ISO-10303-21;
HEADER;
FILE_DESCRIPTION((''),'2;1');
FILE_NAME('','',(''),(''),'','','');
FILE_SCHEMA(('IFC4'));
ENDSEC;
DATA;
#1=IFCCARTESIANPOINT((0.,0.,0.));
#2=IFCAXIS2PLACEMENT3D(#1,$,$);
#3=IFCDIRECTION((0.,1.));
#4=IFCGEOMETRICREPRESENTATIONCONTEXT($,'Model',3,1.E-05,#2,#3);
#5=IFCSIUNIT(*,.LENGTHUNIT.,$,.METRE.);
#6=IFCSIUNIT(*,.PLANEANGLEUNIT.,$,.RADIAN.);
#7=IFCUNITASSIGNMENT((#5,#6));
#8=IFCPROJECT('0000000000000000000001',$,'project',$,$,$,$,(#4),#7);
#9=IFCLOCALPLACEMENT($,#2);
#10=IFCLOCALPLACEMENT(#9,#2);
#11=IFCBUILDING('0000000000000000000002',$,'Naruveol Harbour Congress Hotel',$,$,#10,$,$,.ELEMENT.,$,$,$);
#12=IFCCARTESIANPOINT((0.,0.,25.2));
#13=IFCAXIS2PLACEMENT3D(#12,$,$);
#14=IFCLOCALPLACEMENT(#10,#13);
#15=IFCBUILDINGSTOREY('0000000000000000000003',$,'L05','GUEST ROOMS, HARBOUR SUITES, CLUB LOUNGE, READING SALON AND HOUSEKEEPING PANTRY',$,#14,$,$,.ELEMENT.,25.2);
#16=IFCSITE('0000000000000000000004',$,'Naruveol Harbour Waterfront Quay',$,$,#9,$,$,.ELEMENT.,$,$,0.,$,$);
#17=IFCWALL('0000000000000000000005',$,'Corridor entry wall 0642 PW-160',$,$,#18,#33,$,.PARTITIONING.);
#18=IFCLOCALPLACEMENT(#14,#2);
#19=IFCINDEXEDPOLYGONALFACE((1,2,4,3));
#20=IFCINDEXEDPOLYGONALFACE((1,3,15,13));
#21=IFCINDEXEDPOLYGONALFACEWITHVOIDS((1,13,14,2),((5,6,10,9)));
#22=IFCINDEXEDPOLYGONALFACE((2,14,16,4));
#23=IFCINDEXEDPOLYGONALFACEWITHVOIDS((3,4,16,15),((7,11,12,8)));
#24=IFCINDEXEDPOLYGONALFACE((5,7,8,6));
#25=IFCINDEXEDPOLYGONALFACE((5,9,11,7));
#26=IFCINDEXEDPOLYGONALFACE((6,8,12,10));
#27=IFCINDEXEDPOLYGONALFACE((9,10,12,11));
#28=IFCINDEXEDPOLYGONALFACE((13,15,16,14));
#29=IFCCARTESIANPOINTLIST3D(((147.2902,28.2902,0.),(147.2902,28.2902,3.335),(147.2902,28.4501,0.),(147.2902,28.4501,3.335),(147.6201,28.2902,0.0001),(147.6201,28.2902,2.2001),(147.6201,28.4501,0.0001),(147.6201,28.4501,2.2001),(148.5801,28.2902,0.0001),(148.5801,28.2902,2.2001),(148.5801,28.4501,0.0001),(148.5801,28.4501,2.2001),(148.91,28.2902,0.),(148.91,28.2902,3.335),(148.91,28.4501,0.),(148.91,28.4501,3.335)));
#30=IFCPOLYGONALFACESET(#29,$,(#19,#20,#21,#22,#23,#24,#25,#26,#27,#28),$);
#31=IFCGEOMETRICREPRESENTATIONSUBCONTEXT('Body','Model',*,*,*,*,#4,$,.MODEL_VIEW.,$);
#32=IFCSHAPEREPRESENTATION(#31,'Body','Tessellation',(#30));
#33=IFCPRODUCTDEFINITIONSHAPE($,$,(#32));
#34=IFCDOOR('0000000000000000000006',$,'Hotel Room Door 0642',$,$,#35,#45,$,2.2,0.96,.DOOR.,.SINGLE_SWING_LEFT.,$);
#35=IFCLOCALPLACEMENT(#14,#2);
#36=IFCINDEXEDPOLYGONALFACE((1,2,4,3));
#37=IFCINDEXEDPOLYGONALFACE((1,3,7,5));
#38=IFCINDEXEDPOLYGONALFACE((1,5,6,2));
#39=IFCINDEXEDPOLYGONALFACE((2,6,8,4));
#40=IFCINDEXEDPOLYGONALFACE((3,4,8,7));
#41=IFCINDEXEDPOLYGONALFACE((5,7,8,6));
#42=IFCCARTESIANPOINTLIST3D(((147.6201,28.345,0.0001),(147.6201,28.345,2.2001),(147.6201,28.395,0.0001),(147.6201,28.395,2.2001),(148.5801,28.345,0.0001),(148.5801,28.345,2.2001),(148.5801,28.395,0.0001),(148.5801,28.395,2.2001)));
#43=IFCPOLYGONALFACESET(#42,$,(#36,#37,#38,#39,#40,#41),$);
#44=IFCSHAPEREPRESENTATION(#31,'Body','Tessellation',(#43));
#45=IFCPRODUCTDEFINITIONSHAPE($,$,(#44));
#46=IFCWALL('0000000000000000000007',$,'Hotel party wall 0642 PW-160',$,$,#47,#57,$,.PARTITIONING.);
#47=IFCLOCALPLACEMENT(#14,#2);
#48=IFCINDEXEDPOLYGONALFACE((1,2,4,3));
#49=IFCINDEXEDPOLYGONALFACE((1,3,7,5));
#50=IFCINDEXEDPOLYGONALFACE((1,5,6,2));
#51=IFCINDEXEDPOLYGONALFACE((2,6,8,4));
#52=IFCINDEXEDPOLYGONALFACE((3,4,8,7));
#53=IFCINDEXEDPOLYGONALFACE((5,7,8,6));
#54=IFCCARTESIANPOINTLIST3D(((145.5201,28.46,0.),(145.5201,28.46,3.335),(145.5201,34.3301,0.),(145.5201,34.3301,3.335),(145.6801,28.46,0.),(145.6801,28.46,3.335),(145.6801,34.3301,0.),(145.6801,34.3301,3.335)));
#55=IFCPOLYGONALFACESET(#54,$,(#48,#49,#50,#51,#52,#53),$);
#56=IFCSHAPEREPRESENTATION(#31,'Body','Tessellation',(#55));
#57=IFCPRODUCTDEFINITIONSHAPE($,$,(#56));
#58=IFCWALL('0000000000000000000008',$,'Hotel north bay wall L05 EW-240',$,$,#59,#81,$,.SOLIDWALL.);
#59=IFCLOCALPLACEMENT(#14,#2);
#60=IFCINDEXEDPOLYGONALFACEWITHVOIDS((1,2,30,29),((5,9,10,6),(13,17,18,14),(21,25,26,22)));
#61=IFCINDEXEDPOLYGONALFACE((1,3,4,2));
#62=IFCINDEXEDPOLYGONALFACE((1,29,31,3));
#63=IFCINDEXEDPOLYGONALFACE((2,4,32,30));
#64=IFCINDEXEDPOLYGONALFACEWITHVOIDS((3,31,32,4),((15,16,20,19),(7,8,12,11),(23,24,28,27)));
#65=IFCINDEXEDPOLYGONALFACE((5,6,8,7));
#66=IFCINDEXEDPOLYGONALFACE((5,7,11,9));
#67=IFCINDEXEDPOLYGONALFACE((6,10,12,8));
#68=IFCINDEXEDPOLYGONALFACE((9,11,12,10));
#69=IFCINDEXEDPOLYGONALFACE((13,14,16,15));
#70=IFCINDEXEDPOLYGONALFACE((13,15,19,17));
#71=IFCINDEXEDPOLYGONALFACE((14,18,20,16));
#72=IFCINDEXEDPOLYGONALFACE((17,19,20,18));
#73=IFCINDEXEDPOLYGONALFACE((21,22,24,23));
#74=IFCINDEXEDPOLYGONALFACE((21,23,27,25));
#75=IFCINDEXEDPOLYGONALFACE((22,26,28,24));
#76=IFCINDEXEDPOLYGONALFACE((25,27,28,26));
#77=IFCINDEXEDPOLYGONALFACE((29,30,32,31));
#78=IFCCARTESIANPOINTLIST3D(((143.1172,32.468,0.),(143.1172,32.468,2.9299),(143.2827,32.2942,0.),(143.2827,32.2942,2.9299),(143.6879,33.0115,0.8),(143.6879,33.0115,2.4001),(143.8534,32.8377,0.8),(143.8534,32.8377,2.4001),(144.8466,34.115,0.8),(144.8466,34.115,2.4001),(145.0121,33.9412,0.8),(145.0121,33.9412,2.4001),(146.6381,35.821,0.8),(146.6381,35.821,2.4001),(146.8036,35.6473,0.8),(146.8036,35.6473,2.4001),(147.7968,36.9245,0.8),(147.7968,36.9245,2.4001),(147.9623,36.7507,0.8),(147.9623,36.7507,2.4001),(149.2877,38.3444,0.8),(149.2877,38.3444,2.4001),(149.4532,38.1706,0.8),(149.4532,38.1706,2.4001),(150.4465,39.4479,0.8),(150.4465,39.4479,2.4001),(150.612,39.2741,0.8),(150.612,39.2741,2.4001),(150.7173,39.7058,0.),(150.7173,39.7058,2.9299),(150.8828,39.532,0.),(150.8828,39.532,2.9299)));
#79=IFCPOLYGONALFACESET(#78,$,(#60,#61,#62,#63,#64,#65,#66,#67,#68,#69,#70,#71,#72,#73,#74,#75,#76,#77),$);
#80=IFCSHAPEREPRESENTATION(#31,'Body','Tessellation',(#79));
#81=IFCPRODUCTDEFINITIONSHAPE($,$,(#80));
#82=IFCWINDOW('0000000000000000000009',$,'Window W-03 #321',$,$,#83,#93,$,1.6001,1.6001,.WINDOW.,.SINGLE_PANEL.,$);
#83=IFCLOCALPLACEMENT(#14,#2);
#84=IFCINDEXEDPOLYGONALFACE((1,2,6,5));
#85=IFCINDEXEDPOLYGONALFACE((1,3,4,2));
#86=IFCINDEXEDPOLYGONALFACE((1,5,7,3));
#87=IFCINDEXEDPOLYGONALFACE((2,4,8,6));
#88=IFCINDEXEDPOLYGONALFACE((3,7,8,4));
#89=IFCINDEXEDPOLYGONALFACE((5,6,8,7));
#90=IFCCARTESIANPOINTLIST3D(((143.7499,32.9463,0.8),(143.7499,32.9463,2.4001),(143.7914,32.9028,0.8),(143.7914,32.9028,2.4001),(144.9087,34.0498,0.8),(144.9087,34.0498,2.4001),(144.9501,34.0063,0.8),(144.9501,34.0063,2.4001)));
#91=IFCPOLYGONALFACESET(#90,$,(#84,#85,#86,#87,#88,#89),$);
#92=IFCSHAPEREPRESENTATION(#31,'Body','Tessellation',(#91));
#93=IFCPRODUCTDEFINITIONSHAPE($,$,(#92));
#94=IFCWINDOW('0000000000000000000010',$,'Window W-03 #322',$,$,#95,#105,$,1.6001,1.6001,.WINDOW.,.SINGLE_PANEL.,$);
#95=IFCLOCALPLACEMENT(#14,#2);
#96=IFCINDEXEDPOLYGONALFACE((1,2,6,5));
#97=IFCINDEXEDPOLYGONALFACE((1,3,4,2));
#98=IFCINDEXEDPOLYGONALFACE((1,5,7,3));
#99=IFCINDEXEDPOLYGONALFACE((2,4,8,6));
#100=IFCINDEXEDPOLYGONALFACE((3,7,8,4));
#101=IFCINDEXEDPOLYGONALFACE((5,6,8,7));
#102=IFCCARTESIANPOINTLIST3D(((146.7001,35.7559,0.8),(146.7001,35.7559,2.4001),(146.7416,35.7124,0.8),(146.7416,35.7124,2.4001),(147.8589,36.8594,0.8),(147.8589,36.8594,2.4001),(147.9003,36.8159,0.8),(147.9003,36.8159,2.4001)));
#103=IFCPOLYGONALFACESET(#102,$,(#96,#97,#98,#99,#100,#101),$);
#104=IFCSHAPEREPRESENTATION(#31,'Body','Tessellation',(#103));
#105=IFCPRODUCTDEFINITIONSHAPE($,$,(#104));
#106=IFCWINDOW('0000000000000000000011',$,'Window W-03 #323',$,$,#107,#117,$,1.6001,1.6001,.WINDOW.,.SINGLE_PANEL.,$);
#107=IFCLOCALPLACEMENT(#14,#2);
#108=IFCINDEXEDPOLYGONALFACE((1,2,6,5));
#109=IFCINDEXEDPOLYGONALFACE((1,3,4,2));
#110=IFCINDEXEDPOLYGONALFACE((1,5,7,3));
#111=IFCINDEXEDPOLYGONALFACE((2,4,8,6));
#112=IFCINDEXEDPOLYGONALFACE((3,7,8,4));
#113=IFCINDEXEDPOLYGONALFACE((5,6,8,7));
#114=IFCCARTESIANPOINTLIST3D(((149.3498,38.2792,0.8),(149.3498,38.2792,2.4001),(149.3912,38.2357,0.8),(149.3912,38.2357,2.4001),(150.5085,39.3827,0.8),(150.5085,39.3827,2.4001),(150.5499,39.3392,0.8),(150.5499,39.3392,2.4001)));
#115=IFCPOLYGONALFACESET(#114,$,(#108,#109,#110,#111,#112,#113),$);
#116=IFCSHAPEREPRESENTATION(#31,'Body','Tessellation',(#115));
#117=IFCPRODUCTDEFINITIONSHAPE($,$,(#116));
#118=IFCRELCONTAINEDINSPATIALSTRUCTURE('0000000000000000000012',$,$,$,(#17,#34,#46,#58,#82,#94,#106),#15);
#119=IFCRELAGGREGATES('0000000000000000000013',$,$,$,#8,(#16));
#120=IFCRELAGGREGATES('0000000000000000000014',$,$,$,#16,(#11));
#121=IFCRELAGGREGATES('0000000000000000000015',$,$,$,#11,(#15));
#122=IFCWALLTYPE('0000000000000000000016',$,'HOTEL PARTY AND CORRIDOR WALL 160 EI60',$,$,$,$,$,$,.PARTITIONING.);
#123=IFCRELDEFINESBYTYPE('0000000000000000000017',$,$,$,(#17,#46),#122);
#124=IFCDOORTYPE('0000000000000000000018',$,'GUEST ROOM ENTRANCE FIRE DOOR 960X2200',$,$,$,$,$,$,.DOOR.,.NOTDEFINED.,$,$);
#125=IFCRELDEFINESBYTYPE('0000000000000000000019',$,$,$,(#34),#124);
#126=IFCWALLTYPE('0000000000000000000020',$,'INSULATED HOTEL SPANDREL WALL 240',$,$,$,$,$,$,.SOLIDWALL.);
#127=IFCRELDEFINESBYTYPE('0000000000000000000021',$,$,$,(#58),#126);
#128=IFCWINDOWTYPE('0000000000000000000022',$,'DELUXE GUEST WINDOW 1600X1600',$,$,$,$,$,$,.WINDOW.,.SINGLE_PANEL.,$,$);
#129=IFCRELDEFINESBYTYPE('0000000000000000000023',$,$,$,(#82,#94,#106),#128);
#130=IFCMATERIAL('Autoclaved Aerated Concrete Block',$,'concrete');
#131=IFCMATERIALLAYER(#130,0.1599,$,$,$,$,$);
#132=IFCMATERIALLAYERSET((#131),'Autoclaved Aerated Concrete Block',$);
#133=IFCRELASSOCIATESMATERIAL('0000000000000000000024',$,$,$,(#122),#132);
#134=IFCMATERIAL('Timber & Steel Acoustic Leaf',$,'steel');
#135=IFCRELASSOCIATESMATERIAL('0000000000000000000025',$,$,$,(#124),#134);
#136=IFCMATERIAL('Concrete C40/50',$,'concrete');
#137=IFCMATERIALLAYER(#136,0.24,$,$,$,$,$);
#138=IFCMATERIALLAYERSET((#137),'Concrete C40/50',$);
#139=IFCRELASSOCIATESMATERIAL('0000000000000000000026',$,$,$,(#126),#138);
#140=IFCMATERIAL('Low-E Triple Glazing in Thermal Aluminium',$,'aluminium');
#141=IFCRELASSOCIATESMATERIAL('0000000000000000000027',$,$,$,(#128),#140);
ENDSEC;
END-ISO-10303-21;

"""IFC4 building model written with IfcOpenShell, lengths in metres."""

from ifc_helpers import new_model, si_unit, direction, frame, frame_2d, origin, place, context, subcontext, project, spatial, rectangle, extrude, material, layer, layer_set, type_object, element, fill, save


model = new_model("IFC4")

# Units and contexts
model_context = context("Model", 3, precision=1e-05, world=origin(), true_north=direction((0.0, 1.0)))
body_context = subcontext(model_context, "Body", "Model", "MODEL_VIEW")
ifc_project = project(units=[si_unit("LENGTHUNIT", "METRE"), si_unit("PLANEANGLEUNIT", "RADIAN")], contexts=[model_context])

# Site, building, storey
site_placement = place(None, origin())
site = spatial("IfcSite", under=ifc_project, at=site_placement, Name="Naruveol Harbour Waterfront Quay", CompositionType="ELEMENT", RefElevation=0.0)
building_placement = place(site_placement, origin())
building = spatial("IfcBuilding", under=site, at=building_placement, Name="Naruveol Harbour Congress Hotel", CompositionType="ELEMENT")
storey_placement = place(building_placement, frame((0.0, 0.0, 25.2)))
storey = spatial("IfcBuildingStorey", under=building, at=storey_placement, Name="L05", Description="GUEST ROOMS, HARBOUR SUITES, CLUB LOUNGE, READING SALON AND HOUSEKEEPING PANTRY", CompositionType="ELEMENT", Elevation=25.2)

# Shared definitions
ifc_material_1 = material(Name="Autoclaved Aerated Concrete Block", Category="concrete")
ifc_layer_1 = layer(ifc_material_1, 0.1599)
ifc_layer_set_1 = layer_set([ifc_layer_1], Name="Autoclaved Aerated Concrete Block")
wall_type_1 = type_object("IfcWallType", Name="HOTEL PARTY AND CORRIDOR WALL 160 EI60", PredefinedType="PARTITIONING", material=ifc_layer_set_1)

# Shared definitions
ifc_material_2 = material(Name="Timber & Steel Acoustic Leaf", Category="steel")
door_type_1 = type_object("IfcDoorType", Name="GUEST ROOM ENTRANCE FIRE DOOR 960X2200", OperationType="NOTDEFINED", PredefinedType="DOOR", material=ifc_material_2)

# Wall, opening, door
wall_1_placement = place(storey_placement, frame((147.29, 28.3701, 0.0), z_axis=(0.0, 0.0, 1.0), x_axis=(1.0, 0.0, 0.0)))
wall_1 = element("IfcWall", 1, at=wall_1_placement, inside=storey, type_object=wall_type_1, Name="Corridor entry wall 0642 PW-160", PredefinedType="PARTITIONING", context=body_context, shape_type="SweptSolid", body=[
    extrude(rectangle(XDim=1.6199, YDim=0.1599, at=frame_2d((0.8101, 0.0))), origin(), (0.0, 0.0, 1.0), 3.335),
])
opening_1_placement = place(wall_1_placement, frame((0.3301, 0.0, 0.0)))
opening_1 = element("IfcOpeningElement", 2, at=opening_1_placement, cuts=wall_1, PredefinedType="OPENING", context=body_context, shape_type="SweptSolid", body=[
    extrude(rectangle(XDim=0.96, YDim=2.2, at=frame_2d((0.48, 1.1001))), frame((0.0, 0.0898, 0.0), z_axis=(0.0, -1.0, 0.0), x_axis=(1.0, 0.0, 0.0)), (0.0, 0.0, 1.0), 0.1799),
])
door_1_placement = place(opening_1_placement, origin())
door_1 = element("IfcDoor", 3, at=door_1_placement, inside=storey, type_object=door_type_1, Name="Hotel Room Door 0642", OperationType="SINGLE_SWING_LEFT", OverallHeight=2.2, OverallWidth=0.96, PredefinedType="DOOR", context=body_context, shape_type="SweptSolid", body=[
    extrude(rectangle(XDim=0.96, YDim=2.2, at=frame_2d((0.48, 1.1001))), frame((0.0, 0.0249, 0.0), z_axis=(0.0, -1.0, 0.0), x_axis=(1.0, 0.0, 0.0)), (0.0, 0.0, 1.0), 0.05),
])
fill(opening_1, door_1)

# Wall
wall_2_placement = place(storey_placement, frame((145.6001, 28.46, 0.0), z_axis=(0.0, 0.0, 1.0), x_axis=(0.0, 1.0, 0.0)))
element("IfcWall", 4, at=wall_2_placement, inside=storey, type_object=wall_type_1, Name="Hotel party wall 0642 PW-160", PredefinedType="PARTITIONING", context=body_context, shape_type="SweptSolid", body=[
    extrude(rectangle(XDim=5.8701, YDim=0.1599, at=frame_2d((2.9351, 0.0))), origin(), (0.0, 0.0, 1.0), 3.335),
])

# Wall, openings, windows
ifc_material_3 = material(Name="Concrete C40/50", Category="concrete")
ifc_layer_2 = layer(ifc_material_3, 0.24)
ifc_layer_set_2 = layer_set([ifc_layer_2], Name="Concrete C40/50")
wall_type_2 = type_object("IfcWallType", Name="INSULATED HOTEL SPANDREL WALL 240", PredefinedType="SOLIDWALL", material=ifc_layer_set_2)
wall_3_placement = place(storey_placement, frame((143.2, 32.3811, 0.0), z_axis=(0.0, 0.0, 1.0), x_axis=(0.724157, 0.689635, 0.0)))
wall_3 = element("IfcWall", 5, at=wall_3_placement, inside=storey, type_object=wall_type_2, Name="Hotel north bay wall L05 EW-240", PredefinedType="SOLIDWALL", context=body_context, shape_type="SweptSolid", body=[
    extrude(rectangle(XDim=10.4951, YDim=0.24, at=frame_2d((5.2476, 0.0))), origin(), (0.0, 0.0, 1.0), 2.9299),
])
opening_2_placement = place(wall_3_placement, frame((0.7881, 0.0, 0.8)))
opening_2 = element("IfcOpeningElement", 6, at=opening_2_placement, cuts=wall_3, PredefinedType="OPENING", context=body_context, shape_type="SweptSolid", body=[
    extrude(rectangle(XDim=1.6001, YDim=1.6001, at=frame_2d((0.8, 0.8))), frame((0.0, 0.1299, 0.0), z_axis=(0.0, -1.0, 0.0), x_axis=(1.0, 0.0, 0.0)), (0.0, 0.0, 1.0), 0.26),
])
opening_3_placement = place(wall_3_placement, frame((4.8621, 0.0, 0.8)))
opening_3 = element("IfcOpeningElement", 7, at=opening_3_placement, cuts=wall_3, PredefinedType="OPENING", context=body_context, shape_type="SweptSolid", body=[
    extrude(rectangle(XDim=1.6001, YDim=1.6001, at=frame_2d((0.8, 0.8))), frame((0.0, 0.1299, 0.0), z_axis=(0.0, -1.0, 0.0), x_axis=(1.0, 0.0, 0.0)), (0.0, 0.0, 1.0), 0.26),
])
opening_4_placement = place(wall_3_placement, frame((8.521, 0.0, 0.8)))
opening_4 = element("IfcOpeningElement", 8, at=opening_4_placement, cuts=wall_3, PredefinedType="OPENING", context=body_context, shape_type="SweptSolid", body=[
    extrude(rectangle(XDim=1.6001, YDim=1.6001, at=frame_2d((0.8, 0.8))), frame((0.0, 0.1299, 0.0), z_axis=(0.0, -1.0, 0.0), x_axis=(1.0, 0.0, 0.0)), (0.0, 0.0, 1.0), 0.26),
])
ifc_material_4 = material(Name="Low-E Triple Glazing in Thermal Aluminium", Category="aluminium")
window_type = type_object("IfcWindowType", Name="DELUXE GUEST WINDOW 1600X1600", PartitioningType="SINGLE_PANEL", PredefinedType="WINDOW", material=ifc_material_4)
window_1_placement = place(opening_2_placement, origin())
window_1 = element("IfcWindow", 9, at=window_1_placement, inside=storey, type_object=window_type, Name="Window W-03 #321", OverallHeight=1.6001, OverallWidth=1.6001, PartitioningType="SINGLE_PANEL", PredefinedType="WINDOW", context=body_context, shape_type="SweptSolid", body=[
    extrude(rectangle(XDim=1.6001, YDim=1.6001, at=frame_2d((0.8, 0.8))), frame((0.0, 0.03, 0.0), z_axis=(0.0, -1.0, 0.0), x_axis=(1.0, 0.0, 0.0)), (0.0, 0.0, 1.0), 0.0601),
])
fill(opening_2, window_1)
window_2_placement = place(opening_3_placement, origin())
window_2 = element("IfcWindow", 10, at=window_2_placement, inside=storey, type_object=window_type, Name="Window W-03 #322", OverallHeight=1.6001, OverallWidth=1.6001, PartitioningType="SINGLE_PANEL", PredefinedType="WINDOW", context=body_context, shape_type="SweptSolid", body=[
    extrude(rectangle(XDim=1.6001, YDim=1.6001, at=frame_2d((0.8, 0.8))), frame((0.0, 0.03, 0.0), z_axis=(0.0, -1.0, 0.0), x_axis=(1.0, 0.0, 0.0)), (0.0, 0.0, 1.0), 0.0601),
])
fill(opening_3, window_2)
window_3_placement = place(opening_4_placement, origin())
window_3 = element("IfcWindow", 11, at=window_3_placement, inside=storey, type_object=window_type, Name="Window W-03 #323", OverallHeight=1.6001, OverallWidth=1.6001, PartitioningType="SINGLE_PANEL", PredefinedType="WINDOW", context=body_context, shape_type="SweptSolid", body=[
    extrude(rectangle(XDim=1.6001, YDim=1.6001, at=frame_2d((0.8, 0.8))), frame((0.0, 0.03, 0.0), z_axis=(0.0, -1.0, 0.0), x_axis=(1.0, 0.0, 0.0)), (0.0, 0.0, 1.0), 0.0601),
])
fill(opening_4, window_3)

save(model, "model.ifc")
